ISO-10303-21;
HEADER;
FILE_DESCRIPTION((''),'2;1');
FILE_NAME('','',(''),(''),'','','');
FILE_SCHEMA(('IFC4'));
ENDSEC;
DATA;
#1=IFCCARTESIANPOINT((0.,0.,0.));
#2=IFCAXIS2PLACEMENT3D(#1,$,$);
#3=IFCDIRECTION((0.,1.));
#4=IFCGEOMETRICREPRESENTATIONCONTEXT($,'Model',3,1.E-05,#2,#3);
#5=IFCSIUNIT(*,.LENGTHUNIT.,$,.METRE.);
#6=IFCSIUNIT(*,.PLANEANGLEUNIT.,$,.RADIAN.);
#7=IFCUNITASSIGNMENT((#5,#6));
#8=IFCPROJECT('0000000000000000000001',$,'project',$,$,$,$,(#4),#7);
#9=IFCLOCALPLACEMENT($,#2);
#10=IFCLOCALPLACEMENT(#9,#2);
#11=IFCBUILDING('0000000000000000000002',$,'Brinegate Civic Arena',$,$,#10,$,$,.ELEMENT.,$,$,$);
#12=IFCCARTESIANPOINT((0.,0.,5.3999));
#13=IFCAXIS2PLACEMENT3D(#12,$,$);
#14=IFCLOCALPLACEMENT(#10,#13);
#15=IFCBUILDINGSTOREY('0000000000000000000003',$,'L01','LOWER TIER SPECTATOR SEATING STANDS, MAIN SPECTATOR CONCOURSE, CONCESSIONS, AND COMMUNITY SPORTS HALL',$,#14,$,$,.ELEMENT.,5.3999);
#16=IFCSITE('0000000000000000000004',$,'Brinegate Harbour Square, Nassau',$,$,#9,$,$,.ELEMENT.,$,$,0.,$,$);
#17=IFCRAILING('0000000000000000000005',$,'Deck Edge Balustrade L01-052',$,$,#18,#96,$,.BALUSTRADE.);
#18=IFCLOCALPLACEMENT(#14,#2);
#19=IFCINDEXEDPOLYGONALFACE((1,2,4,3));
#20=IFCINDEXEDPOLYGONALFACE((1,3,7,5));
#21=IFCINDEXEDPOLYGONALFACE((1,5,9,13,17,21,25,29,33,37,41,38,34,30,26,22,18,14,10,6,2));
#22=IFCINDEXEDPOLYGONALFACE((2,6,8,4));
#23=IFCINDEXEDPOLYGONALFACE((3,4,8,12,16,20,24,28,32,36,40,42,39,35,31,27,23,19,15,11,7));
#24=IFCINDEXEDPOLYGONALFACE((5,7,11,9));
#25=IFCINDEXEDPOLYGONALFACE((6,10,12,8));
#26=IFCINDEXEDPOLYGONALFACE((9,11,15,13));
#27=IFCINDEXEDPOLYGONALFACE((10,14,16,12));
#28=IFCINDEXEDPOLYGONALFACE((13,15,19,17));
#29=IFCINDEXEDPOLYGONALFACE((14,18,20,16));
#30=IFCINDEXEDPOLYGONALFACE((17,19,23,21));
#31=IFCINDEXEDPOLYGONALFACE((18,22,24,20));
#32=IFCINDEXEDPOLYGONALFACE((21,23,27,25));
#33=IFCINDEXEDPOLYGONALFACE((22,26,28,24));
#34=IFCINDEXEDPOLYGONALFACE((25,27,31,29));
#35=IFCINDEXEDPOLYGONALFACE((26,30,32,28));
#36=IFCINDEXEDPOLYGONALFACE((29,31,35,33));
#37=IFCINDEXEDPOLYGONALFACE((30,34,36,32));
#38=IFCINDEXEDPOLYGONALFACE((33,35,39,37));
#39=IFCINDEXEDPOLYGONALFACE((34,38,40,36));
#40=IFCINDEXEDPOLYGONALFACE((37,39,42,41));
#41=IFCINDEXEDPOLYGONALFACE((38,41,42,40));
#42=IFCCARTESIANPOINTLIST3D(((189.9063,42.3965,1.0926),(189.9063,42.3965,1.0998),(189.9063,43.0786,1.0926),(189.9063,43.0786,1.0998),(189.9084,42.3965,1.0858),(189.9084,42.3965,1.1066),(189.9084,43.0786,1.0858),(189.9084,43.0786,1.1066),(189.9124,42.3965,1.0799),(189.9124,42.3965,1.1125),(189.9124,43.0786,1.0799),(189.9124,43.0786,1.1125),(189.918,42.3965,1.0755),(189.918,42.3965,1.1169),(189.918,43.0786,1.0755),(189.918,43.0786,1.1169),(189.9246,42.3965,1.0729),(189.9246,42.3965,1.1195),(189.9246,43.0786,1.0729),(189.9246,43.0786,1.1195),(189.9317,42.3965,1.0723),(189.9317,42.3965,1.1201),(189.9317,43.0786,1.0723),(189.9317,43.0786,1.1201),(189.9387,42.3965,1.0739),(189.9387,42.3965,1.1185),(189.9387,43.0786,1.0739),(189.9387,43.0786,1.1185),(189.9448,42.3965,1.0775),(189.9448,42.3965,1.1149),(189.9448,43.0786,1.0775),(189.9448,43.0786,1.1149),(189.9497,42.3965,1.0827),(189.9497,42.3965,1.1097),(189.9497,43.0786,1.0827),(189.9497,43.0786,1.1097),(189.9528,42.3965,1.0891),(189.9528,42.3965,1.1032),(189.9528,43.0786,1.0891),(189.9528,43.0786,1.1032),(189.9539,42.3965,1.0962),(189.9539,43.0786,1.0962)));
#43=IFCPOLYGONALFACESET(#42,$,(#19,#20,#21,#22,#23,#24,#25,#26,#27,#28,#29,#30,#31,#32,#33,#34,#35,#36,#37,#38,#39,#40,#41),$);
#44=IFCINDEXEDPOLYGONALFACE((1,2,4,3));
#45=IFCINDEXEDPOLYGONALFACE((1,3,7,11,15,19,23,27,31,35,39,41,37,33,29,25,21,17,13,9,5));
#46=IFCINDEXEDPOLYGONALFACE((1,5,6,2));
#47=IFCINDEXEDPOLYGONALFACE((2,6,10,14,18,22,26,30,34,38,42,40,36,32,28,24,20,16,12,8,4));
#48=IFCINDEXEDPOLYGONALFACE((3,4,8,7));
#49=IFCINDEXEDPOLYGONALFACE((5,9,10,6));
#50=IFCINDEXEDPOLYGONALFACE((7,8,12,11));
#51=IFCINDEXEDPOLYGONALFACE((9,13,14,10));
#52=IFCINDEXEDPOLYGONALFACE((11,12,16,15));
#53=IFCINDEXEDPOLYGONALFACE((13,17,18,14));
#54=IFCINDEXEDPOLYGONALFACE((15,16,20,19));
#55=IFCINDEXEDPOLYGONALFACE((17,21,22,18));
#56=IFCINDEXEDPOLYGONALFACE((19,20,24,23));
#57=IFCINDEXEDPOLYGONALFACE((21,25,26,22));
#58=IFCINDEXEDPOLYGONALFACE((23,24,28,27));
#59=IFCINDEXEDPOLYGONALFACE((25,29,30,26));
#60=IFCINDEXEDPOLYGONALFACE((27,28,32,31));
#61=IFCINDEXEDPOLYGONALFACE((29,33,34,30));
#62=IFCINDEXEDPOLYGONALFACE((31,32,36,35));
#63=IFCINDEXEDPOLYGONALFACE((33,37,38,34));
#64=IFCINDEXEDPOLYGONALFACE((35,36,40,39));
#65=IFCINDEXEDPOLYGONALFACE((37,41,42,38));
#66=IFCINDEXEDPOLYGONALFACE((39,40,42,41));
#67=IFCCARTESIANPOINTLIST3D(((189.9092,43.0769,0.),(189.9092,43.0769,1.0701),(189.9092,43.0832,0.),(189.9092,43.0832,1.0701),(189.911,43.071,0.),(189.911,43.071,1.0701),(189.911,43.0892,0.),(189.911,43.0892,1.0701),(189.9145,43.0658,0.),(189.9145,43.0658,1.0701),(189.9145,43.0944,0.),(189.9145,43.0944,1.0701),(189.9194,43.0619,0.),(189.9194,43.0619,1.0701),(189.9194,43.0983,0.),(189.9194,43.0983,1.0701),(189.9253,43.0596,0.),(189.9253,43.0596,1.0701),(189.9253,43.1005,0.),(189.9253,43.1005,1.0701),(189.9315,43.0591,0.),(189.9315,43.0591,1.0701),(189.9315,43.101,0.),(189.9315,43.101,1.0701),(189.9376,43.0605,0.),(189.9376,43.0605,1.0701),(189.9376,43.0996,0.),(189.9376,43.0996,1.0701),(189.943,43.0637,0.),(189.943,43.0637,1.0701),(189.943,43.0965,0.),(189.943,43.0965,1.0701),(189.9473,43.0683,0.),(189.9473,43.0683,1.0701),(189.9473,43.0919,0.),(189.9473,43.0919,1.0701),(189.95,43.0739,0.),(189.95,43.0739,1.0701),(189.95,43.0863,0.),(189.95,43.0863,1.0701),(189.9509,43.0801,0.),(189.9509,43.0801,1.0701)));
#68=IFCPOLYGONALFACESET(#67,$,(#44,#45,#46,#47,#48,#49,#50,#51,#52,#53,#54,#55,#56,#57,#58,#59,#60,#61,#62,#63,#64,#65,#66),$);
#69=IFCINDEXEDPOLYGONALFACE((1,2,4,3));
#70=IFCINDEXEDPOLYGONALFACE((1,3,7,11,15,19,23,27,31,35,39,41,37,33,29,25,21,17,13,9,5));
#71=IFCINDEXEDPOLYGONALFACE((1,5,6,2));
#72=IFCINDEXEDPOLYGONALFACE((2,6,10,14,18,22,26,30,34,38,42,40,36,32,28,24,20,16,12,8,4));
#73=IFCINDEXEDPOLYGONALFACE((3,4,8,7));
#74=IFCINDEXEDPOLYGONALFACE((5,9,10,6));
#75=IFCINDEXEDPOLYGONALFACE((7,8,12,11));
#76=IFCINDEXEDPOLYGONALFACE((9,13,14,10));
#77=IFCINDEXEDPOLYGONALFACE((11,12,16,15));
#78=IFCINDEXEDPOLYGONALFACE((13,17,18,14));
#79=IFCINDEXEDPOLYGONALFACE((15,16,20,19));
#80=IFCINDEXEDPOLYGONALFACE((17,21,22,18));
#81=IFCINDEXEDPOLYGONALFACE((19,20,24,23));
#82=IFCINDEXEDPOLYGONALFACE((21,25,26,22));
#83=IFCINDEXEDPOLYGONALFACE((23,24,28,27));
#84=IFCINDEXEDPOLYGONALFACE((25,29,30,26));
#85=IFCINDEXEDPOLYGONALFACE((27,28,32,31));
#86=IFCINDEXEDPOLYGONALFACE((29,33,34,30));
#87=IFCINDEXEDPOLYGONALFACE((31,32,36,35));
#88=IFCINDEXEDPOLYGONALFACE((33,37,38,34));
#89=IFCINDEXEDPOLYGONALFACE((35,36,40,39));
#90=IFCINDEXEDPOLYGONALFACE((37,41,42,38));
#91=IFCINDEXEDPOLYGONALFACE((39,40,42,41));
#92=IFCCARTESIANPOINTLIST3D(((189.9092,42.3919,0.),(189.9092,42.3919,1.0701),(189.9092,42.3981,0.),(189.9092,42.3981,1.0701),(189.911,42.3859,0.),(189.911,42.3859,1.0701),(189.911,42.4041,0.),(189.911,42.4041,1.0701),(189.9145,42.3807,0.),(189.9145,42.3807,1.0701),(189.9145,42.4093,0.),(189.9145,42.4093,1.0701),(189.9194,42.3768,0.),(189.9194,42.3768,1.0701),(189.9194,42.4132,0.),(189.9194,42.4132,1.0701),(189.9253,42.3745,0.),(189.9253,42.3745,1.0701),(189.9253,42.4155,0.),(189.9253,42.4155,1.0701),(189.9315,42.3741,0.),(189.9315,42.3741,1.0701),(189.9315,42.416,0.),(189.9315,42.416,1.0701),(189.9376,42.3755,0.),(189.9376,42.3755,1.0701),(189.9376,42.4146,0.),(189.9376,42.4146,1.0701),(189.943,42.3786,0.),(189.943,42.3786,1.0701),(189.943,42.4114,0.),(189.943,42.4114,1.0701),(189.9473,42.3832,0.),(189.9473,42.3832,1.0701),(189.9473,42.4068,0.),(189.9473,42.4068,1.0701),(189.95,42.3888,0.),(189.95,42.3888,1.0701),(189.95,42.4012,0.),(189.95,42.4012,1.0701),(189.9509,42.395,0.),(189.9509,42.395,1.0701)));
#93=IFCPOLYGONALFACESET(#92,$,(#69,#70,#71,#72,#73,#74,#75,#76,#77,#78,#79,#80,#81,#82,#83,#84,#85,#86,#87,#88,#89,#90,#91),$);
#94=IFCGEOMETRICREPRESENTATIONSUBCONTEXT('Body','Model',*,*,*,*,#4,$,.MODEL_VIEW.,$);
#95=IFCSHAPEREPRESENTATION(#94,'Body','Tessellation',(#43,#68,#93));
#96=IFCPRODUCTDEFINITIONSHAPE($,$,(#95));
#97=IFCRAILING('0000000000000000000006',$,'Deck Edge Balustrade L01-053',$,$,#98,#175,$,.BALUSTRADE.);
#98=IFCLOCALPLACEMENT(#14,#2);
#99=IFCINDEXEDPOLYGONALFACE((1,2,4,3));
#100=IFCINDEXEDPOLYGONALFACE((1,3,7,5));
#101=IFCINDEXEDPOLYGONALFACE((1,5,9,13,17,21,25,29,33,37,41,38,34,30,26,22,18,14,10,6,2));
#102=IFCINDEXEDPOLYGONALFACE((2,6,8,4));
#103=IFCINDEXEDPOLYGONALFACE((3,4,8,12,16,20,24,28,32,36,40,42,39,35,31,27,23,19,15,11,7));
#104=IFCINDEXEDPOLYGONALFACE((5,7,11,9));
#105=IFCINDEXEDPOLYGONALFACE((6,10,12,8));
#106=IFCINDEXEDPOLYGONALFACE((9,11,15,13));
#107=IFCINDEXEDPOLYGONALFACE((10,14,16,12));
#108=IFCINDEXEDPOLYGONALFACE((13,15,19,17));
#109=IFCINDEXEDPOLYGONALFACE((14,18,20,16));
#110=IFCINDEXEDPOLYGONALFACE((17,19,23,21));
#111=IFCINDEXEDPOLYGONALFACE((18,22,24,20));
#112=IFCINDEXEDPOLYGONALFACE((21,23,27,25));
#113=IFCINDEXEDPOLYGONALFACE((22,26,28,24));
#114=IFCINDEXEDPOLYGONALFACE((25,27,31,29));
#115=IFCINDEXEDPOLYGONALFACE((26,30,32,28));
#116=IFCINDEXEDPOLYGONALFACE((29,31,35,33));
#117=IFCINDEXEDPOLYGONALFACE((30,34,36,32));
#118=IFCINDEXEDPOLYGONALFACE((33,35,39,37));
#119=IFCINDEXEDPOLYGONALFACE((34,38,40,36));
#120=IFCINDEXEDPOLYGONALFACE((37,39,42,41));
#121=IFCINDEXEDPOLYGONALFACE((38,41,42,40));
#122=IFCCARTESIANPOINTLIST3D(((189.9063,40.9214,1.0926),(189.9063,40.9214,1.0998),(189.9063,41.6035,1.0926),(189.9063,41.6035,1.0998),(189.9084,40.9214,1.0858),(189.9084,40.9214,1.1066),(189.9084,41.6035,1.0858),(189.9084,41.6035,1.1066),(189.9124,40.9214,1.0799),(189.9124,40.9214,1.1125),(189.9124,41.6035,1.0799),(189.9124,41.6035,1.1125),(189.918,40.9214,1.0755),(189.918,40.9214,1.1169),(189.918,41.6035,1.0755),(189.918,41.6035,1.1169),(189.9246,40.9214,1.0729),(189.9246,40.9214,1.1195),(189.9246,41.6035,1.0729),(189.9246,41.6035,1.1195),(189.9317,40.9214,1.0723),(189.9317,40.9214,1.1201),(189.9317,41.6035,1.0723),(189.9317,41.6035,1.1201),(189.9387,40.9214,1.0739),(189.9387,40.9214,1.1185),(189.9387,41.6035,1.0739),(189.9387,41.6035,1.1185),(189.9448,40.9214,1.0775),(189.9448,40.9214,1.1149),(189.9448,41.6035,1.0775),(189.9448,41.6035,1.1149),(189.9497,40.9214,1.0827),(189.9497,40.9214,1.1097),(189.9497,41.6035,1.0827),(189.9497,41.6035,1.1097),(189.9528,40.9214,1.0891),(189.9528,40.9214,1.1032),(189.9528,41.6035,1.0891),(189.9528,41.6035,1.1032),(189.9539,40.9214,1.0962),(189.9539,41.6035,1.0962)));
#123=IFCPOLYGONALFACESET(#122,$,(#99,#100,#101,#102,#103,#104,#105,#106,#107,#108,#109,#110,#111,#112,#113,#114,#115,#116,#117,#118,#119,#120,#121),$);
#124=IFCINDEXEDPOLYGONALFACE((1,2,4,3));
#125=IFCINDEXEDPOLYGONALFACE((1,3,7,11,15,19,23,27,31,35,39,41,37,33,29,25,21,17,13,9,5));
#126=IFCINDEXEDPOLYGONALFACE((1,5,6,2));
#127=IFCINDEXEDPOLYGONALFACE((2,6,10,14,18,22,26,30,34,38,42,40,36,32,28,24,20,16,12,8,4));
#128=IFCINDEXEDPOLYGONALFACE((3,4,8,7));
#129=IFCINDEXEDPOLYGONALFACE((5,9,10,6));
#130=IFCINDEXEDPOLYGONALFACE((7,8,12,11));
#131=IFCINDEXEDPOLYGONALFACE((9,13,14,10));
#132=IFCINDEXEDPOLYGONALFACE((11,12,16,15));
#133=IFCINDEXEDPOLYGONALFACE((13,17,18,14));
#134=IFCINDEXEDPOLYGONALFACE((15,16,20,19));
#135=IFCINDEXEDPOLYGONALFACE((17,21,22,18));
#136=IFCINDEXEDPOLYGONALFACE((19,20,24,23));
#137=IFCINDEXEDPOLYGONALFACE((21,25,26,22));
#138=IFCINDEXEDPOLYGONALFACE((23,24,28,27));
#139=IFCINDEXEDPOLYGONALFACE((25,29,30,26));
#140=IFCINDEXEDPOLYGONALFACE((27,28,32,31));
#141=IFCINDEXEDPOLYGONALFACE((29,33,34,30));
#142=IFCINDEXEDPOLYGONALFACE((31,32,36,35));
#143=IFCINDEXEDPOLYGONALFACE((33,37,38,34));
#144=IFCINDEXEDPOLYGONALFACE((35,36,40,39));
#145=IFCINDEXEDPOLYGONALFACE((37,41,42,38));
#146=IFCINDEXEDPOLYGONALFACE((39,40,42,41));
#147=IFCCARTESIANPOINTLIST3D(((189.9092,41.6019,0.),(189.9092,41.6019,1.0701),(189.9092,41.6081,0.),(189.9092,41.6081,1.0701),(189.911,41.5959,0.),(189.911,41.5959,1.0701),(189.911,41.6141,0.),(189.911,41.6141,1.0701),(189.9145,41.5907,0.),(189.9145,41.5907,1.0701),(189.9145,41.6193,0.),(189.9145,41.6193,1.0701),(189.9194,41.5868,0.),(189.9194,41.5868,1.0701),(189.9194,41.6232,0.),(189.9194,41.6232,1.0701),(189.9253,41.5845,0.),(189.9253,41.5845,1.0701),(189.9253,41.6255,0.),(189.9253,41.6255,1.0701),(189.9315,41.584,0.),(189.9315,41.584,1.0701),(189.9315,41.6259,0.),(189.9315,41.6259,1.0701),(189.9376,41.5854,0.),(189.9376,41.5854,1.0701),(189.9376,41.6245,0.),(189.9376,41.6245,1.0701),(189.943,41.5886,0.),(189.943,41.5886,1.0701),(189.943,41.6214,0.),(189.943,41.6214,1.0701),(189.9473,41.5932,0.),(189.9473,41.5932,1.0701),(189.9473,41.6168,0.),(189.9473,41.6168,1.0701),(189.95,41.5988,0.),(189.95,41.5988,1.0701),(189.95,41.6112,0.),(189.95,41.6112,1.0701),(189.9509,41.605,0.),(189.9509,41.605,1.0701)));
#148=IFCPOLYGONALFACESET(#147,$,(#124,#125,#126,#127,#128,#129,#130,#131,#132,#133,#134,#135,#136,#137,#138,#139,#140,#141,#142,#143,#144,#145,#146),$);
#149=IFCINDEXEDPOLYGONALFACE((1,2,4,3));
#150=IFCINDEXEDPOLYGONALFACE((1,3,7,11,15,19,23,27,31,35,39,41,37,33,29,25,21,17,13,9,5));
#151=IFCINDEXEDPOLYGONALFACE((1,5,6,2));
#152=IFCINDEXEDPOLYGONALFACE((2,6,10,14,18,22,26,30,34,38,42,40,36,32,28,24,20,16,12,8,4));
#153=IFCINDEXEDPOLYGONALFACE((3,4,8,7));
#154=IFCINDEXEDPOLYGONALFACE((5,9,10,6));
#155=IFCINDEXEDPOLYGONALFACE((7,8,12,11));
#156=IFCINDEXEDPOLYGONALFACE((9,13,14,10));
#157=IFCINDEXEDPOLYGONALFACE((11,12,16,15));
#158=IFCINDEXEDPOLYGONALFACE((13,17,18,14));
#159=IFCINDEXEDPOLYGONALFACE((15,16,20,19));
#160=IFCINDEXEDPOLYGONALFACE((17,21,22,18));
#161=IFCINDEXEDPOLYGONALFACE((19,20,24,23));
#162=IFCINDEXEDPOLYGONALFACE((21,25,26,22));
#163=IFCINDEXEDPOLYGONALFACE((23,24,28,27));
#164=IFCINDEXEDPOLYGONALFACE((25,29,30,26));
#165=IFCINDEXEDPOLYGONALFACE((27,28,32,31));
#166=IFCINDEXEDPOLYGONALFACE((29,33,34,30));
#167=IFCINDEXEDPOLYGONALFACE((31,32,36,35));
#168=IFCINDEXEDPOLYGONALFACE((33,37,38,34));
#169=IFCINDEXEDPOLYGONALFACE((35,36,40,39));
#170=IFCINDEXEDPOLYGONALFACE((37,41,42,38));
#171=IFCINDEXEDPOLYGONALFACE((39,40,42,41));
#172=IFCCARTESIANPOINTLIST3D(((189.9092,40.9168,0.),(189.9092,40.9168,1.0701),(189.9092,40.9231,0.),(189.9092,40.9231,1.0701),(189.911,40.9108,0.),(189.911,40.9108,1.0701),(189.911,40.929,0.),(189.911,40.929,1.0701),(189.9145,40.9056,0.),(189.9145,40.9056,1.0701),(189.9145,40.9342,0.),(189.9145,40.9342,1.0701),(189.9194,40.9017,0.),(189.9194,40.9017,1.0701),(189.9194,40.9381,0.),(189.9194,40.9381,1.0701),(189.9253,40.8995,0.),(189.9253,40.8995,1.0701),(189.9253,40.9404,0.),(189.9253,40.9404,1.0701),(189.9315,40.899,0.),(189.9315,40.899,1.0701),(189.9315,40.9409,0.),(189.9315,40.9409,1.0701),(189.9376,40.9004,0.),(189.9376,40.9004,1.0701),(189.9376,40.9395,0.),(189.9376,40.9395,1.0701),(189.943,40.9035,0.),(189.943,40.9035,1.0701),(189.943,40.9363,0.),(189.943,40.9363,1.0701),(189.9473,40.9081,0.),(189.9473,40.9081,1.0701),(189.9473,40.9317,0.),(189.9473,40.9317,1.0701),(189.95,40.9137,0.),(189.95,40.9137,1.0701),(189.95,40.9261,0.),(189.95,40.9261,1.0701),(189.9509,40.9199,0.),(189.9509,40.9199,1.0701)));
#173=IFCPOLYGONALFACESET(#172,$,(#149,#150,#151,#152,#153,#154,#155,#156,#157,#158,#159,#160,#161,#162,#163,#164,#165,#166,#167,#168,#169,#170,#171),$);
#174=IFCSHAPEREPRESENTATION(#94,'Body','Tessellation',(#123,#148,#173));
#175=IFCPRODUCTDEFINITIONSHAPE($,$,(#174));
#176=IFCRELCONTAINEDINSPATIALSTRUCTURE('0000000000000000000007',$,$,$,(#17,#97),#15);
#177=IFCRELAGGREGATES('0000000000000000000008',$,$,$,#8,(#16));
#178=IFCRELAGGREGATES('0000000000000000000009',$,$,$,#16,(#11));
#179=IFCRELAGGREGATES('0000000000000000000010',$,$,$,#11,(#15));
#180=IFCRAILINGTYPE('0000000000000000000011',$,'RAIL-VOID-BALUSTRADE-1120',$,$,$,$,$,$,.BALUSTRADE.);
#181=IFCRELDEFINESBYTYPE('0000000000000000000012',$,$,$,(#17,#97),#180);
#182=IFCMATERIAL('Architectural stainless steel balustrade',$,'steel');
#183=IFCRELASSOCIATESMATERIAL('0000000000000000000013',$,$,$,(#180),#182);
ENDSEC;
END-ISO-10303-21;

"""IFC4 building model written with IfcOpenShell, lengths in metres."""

from ifc_helpers import new_model, si_unit, direction, frame, origin, origin_2d, place, context, subcontext, project, spatial, circle, extrude, material, type_object, element, save


model = new_model("IFC4")

# Units and contexts
model_context = context("Model", 3, precision=1e-05, world=origin(), true_north=direction((0.0, 1.0)))
body_context = subcontext(model_context, "Body", "Model", "MODEL_VIEW")
ifc_project = project(units=[si_unit("LENGTHUNIT", "METRE"), si_unit("PLANEANGLEUNIT", "RADIAN")], contexts=[model_context])

# Site, building, storey
site_placement = place(None, origin())
site = spatial("IfcSite", under=ifc_project, at=site_placement, Name="Brinegate Harbour Square, Nassau", CompositionType="ELEMENT", RefElevation=0.0)
building_placement = place(site_placement, origin())
building = spatial("IfcBuilding", under=site, at=building_placement, Name="Brinegate Civic Arena", CompositionType="ELEMENT")
storey_placement = place(building_placement, frame((0.0, 0.0, 5.3999)))
storey = spatial("IfcBuildingStorey", under=building, at=storey_placement, Name="L01", Description="LOWER TIER SPECTATOR SEATING STANDS, MAIN SPECTATOR CONCOURSE, CONCESSIONS, AND COMMUNITY SPORTS HALL", CompositionType="ELEMENT", Elevation=5.3999)

# Railings
ifc_material_1 = material(Name="Architectural stainless steel balustrade", Category="steel")
railing_type = type_object("IfcRailingType", Name="RAIL-VOID-BALUSTRADE-1120", PredefinedType="BALUSTRADE", material=ifc_material_1)
for number, where, name in (
    (1, (189.9299, 43.0801, 0.0), "Deck Edge Balustrade L01-052"),
    (2, (189.9299, 41.605, 0.0), "Deck Edge Balustrade L01-053"),
):
    element("IfcRailing", number, at=place(storey_placement, frame(where)), inside=storey, type_object=railing_type, Name=name, PredefinedType="BALUSTRADE", context=body_context, shape_type="SweptSolid", body=[
        extrude(circle(Radius=0.0239, at=origin_2d()), frame((0.0, -0.0015, 1.0962), z_axis=(0.0, -1.0, 0.0), x_axis=(1.0, 0.0, 0.0)), (0.0, 0.0, 1.0), 0.6821),
        extrude(circle(Radius=0.021, at=origin_2d()), origin(), (0.0, 0.0, 1.0), 1.0701),
        extrude(circle(Radius=0.021, at=origin_2d()), frame((0.0, -0.6851, 0.0)), (0.0, 0.0, 1.0), 1.0701),
    ])

save(model, "model.ifc")
